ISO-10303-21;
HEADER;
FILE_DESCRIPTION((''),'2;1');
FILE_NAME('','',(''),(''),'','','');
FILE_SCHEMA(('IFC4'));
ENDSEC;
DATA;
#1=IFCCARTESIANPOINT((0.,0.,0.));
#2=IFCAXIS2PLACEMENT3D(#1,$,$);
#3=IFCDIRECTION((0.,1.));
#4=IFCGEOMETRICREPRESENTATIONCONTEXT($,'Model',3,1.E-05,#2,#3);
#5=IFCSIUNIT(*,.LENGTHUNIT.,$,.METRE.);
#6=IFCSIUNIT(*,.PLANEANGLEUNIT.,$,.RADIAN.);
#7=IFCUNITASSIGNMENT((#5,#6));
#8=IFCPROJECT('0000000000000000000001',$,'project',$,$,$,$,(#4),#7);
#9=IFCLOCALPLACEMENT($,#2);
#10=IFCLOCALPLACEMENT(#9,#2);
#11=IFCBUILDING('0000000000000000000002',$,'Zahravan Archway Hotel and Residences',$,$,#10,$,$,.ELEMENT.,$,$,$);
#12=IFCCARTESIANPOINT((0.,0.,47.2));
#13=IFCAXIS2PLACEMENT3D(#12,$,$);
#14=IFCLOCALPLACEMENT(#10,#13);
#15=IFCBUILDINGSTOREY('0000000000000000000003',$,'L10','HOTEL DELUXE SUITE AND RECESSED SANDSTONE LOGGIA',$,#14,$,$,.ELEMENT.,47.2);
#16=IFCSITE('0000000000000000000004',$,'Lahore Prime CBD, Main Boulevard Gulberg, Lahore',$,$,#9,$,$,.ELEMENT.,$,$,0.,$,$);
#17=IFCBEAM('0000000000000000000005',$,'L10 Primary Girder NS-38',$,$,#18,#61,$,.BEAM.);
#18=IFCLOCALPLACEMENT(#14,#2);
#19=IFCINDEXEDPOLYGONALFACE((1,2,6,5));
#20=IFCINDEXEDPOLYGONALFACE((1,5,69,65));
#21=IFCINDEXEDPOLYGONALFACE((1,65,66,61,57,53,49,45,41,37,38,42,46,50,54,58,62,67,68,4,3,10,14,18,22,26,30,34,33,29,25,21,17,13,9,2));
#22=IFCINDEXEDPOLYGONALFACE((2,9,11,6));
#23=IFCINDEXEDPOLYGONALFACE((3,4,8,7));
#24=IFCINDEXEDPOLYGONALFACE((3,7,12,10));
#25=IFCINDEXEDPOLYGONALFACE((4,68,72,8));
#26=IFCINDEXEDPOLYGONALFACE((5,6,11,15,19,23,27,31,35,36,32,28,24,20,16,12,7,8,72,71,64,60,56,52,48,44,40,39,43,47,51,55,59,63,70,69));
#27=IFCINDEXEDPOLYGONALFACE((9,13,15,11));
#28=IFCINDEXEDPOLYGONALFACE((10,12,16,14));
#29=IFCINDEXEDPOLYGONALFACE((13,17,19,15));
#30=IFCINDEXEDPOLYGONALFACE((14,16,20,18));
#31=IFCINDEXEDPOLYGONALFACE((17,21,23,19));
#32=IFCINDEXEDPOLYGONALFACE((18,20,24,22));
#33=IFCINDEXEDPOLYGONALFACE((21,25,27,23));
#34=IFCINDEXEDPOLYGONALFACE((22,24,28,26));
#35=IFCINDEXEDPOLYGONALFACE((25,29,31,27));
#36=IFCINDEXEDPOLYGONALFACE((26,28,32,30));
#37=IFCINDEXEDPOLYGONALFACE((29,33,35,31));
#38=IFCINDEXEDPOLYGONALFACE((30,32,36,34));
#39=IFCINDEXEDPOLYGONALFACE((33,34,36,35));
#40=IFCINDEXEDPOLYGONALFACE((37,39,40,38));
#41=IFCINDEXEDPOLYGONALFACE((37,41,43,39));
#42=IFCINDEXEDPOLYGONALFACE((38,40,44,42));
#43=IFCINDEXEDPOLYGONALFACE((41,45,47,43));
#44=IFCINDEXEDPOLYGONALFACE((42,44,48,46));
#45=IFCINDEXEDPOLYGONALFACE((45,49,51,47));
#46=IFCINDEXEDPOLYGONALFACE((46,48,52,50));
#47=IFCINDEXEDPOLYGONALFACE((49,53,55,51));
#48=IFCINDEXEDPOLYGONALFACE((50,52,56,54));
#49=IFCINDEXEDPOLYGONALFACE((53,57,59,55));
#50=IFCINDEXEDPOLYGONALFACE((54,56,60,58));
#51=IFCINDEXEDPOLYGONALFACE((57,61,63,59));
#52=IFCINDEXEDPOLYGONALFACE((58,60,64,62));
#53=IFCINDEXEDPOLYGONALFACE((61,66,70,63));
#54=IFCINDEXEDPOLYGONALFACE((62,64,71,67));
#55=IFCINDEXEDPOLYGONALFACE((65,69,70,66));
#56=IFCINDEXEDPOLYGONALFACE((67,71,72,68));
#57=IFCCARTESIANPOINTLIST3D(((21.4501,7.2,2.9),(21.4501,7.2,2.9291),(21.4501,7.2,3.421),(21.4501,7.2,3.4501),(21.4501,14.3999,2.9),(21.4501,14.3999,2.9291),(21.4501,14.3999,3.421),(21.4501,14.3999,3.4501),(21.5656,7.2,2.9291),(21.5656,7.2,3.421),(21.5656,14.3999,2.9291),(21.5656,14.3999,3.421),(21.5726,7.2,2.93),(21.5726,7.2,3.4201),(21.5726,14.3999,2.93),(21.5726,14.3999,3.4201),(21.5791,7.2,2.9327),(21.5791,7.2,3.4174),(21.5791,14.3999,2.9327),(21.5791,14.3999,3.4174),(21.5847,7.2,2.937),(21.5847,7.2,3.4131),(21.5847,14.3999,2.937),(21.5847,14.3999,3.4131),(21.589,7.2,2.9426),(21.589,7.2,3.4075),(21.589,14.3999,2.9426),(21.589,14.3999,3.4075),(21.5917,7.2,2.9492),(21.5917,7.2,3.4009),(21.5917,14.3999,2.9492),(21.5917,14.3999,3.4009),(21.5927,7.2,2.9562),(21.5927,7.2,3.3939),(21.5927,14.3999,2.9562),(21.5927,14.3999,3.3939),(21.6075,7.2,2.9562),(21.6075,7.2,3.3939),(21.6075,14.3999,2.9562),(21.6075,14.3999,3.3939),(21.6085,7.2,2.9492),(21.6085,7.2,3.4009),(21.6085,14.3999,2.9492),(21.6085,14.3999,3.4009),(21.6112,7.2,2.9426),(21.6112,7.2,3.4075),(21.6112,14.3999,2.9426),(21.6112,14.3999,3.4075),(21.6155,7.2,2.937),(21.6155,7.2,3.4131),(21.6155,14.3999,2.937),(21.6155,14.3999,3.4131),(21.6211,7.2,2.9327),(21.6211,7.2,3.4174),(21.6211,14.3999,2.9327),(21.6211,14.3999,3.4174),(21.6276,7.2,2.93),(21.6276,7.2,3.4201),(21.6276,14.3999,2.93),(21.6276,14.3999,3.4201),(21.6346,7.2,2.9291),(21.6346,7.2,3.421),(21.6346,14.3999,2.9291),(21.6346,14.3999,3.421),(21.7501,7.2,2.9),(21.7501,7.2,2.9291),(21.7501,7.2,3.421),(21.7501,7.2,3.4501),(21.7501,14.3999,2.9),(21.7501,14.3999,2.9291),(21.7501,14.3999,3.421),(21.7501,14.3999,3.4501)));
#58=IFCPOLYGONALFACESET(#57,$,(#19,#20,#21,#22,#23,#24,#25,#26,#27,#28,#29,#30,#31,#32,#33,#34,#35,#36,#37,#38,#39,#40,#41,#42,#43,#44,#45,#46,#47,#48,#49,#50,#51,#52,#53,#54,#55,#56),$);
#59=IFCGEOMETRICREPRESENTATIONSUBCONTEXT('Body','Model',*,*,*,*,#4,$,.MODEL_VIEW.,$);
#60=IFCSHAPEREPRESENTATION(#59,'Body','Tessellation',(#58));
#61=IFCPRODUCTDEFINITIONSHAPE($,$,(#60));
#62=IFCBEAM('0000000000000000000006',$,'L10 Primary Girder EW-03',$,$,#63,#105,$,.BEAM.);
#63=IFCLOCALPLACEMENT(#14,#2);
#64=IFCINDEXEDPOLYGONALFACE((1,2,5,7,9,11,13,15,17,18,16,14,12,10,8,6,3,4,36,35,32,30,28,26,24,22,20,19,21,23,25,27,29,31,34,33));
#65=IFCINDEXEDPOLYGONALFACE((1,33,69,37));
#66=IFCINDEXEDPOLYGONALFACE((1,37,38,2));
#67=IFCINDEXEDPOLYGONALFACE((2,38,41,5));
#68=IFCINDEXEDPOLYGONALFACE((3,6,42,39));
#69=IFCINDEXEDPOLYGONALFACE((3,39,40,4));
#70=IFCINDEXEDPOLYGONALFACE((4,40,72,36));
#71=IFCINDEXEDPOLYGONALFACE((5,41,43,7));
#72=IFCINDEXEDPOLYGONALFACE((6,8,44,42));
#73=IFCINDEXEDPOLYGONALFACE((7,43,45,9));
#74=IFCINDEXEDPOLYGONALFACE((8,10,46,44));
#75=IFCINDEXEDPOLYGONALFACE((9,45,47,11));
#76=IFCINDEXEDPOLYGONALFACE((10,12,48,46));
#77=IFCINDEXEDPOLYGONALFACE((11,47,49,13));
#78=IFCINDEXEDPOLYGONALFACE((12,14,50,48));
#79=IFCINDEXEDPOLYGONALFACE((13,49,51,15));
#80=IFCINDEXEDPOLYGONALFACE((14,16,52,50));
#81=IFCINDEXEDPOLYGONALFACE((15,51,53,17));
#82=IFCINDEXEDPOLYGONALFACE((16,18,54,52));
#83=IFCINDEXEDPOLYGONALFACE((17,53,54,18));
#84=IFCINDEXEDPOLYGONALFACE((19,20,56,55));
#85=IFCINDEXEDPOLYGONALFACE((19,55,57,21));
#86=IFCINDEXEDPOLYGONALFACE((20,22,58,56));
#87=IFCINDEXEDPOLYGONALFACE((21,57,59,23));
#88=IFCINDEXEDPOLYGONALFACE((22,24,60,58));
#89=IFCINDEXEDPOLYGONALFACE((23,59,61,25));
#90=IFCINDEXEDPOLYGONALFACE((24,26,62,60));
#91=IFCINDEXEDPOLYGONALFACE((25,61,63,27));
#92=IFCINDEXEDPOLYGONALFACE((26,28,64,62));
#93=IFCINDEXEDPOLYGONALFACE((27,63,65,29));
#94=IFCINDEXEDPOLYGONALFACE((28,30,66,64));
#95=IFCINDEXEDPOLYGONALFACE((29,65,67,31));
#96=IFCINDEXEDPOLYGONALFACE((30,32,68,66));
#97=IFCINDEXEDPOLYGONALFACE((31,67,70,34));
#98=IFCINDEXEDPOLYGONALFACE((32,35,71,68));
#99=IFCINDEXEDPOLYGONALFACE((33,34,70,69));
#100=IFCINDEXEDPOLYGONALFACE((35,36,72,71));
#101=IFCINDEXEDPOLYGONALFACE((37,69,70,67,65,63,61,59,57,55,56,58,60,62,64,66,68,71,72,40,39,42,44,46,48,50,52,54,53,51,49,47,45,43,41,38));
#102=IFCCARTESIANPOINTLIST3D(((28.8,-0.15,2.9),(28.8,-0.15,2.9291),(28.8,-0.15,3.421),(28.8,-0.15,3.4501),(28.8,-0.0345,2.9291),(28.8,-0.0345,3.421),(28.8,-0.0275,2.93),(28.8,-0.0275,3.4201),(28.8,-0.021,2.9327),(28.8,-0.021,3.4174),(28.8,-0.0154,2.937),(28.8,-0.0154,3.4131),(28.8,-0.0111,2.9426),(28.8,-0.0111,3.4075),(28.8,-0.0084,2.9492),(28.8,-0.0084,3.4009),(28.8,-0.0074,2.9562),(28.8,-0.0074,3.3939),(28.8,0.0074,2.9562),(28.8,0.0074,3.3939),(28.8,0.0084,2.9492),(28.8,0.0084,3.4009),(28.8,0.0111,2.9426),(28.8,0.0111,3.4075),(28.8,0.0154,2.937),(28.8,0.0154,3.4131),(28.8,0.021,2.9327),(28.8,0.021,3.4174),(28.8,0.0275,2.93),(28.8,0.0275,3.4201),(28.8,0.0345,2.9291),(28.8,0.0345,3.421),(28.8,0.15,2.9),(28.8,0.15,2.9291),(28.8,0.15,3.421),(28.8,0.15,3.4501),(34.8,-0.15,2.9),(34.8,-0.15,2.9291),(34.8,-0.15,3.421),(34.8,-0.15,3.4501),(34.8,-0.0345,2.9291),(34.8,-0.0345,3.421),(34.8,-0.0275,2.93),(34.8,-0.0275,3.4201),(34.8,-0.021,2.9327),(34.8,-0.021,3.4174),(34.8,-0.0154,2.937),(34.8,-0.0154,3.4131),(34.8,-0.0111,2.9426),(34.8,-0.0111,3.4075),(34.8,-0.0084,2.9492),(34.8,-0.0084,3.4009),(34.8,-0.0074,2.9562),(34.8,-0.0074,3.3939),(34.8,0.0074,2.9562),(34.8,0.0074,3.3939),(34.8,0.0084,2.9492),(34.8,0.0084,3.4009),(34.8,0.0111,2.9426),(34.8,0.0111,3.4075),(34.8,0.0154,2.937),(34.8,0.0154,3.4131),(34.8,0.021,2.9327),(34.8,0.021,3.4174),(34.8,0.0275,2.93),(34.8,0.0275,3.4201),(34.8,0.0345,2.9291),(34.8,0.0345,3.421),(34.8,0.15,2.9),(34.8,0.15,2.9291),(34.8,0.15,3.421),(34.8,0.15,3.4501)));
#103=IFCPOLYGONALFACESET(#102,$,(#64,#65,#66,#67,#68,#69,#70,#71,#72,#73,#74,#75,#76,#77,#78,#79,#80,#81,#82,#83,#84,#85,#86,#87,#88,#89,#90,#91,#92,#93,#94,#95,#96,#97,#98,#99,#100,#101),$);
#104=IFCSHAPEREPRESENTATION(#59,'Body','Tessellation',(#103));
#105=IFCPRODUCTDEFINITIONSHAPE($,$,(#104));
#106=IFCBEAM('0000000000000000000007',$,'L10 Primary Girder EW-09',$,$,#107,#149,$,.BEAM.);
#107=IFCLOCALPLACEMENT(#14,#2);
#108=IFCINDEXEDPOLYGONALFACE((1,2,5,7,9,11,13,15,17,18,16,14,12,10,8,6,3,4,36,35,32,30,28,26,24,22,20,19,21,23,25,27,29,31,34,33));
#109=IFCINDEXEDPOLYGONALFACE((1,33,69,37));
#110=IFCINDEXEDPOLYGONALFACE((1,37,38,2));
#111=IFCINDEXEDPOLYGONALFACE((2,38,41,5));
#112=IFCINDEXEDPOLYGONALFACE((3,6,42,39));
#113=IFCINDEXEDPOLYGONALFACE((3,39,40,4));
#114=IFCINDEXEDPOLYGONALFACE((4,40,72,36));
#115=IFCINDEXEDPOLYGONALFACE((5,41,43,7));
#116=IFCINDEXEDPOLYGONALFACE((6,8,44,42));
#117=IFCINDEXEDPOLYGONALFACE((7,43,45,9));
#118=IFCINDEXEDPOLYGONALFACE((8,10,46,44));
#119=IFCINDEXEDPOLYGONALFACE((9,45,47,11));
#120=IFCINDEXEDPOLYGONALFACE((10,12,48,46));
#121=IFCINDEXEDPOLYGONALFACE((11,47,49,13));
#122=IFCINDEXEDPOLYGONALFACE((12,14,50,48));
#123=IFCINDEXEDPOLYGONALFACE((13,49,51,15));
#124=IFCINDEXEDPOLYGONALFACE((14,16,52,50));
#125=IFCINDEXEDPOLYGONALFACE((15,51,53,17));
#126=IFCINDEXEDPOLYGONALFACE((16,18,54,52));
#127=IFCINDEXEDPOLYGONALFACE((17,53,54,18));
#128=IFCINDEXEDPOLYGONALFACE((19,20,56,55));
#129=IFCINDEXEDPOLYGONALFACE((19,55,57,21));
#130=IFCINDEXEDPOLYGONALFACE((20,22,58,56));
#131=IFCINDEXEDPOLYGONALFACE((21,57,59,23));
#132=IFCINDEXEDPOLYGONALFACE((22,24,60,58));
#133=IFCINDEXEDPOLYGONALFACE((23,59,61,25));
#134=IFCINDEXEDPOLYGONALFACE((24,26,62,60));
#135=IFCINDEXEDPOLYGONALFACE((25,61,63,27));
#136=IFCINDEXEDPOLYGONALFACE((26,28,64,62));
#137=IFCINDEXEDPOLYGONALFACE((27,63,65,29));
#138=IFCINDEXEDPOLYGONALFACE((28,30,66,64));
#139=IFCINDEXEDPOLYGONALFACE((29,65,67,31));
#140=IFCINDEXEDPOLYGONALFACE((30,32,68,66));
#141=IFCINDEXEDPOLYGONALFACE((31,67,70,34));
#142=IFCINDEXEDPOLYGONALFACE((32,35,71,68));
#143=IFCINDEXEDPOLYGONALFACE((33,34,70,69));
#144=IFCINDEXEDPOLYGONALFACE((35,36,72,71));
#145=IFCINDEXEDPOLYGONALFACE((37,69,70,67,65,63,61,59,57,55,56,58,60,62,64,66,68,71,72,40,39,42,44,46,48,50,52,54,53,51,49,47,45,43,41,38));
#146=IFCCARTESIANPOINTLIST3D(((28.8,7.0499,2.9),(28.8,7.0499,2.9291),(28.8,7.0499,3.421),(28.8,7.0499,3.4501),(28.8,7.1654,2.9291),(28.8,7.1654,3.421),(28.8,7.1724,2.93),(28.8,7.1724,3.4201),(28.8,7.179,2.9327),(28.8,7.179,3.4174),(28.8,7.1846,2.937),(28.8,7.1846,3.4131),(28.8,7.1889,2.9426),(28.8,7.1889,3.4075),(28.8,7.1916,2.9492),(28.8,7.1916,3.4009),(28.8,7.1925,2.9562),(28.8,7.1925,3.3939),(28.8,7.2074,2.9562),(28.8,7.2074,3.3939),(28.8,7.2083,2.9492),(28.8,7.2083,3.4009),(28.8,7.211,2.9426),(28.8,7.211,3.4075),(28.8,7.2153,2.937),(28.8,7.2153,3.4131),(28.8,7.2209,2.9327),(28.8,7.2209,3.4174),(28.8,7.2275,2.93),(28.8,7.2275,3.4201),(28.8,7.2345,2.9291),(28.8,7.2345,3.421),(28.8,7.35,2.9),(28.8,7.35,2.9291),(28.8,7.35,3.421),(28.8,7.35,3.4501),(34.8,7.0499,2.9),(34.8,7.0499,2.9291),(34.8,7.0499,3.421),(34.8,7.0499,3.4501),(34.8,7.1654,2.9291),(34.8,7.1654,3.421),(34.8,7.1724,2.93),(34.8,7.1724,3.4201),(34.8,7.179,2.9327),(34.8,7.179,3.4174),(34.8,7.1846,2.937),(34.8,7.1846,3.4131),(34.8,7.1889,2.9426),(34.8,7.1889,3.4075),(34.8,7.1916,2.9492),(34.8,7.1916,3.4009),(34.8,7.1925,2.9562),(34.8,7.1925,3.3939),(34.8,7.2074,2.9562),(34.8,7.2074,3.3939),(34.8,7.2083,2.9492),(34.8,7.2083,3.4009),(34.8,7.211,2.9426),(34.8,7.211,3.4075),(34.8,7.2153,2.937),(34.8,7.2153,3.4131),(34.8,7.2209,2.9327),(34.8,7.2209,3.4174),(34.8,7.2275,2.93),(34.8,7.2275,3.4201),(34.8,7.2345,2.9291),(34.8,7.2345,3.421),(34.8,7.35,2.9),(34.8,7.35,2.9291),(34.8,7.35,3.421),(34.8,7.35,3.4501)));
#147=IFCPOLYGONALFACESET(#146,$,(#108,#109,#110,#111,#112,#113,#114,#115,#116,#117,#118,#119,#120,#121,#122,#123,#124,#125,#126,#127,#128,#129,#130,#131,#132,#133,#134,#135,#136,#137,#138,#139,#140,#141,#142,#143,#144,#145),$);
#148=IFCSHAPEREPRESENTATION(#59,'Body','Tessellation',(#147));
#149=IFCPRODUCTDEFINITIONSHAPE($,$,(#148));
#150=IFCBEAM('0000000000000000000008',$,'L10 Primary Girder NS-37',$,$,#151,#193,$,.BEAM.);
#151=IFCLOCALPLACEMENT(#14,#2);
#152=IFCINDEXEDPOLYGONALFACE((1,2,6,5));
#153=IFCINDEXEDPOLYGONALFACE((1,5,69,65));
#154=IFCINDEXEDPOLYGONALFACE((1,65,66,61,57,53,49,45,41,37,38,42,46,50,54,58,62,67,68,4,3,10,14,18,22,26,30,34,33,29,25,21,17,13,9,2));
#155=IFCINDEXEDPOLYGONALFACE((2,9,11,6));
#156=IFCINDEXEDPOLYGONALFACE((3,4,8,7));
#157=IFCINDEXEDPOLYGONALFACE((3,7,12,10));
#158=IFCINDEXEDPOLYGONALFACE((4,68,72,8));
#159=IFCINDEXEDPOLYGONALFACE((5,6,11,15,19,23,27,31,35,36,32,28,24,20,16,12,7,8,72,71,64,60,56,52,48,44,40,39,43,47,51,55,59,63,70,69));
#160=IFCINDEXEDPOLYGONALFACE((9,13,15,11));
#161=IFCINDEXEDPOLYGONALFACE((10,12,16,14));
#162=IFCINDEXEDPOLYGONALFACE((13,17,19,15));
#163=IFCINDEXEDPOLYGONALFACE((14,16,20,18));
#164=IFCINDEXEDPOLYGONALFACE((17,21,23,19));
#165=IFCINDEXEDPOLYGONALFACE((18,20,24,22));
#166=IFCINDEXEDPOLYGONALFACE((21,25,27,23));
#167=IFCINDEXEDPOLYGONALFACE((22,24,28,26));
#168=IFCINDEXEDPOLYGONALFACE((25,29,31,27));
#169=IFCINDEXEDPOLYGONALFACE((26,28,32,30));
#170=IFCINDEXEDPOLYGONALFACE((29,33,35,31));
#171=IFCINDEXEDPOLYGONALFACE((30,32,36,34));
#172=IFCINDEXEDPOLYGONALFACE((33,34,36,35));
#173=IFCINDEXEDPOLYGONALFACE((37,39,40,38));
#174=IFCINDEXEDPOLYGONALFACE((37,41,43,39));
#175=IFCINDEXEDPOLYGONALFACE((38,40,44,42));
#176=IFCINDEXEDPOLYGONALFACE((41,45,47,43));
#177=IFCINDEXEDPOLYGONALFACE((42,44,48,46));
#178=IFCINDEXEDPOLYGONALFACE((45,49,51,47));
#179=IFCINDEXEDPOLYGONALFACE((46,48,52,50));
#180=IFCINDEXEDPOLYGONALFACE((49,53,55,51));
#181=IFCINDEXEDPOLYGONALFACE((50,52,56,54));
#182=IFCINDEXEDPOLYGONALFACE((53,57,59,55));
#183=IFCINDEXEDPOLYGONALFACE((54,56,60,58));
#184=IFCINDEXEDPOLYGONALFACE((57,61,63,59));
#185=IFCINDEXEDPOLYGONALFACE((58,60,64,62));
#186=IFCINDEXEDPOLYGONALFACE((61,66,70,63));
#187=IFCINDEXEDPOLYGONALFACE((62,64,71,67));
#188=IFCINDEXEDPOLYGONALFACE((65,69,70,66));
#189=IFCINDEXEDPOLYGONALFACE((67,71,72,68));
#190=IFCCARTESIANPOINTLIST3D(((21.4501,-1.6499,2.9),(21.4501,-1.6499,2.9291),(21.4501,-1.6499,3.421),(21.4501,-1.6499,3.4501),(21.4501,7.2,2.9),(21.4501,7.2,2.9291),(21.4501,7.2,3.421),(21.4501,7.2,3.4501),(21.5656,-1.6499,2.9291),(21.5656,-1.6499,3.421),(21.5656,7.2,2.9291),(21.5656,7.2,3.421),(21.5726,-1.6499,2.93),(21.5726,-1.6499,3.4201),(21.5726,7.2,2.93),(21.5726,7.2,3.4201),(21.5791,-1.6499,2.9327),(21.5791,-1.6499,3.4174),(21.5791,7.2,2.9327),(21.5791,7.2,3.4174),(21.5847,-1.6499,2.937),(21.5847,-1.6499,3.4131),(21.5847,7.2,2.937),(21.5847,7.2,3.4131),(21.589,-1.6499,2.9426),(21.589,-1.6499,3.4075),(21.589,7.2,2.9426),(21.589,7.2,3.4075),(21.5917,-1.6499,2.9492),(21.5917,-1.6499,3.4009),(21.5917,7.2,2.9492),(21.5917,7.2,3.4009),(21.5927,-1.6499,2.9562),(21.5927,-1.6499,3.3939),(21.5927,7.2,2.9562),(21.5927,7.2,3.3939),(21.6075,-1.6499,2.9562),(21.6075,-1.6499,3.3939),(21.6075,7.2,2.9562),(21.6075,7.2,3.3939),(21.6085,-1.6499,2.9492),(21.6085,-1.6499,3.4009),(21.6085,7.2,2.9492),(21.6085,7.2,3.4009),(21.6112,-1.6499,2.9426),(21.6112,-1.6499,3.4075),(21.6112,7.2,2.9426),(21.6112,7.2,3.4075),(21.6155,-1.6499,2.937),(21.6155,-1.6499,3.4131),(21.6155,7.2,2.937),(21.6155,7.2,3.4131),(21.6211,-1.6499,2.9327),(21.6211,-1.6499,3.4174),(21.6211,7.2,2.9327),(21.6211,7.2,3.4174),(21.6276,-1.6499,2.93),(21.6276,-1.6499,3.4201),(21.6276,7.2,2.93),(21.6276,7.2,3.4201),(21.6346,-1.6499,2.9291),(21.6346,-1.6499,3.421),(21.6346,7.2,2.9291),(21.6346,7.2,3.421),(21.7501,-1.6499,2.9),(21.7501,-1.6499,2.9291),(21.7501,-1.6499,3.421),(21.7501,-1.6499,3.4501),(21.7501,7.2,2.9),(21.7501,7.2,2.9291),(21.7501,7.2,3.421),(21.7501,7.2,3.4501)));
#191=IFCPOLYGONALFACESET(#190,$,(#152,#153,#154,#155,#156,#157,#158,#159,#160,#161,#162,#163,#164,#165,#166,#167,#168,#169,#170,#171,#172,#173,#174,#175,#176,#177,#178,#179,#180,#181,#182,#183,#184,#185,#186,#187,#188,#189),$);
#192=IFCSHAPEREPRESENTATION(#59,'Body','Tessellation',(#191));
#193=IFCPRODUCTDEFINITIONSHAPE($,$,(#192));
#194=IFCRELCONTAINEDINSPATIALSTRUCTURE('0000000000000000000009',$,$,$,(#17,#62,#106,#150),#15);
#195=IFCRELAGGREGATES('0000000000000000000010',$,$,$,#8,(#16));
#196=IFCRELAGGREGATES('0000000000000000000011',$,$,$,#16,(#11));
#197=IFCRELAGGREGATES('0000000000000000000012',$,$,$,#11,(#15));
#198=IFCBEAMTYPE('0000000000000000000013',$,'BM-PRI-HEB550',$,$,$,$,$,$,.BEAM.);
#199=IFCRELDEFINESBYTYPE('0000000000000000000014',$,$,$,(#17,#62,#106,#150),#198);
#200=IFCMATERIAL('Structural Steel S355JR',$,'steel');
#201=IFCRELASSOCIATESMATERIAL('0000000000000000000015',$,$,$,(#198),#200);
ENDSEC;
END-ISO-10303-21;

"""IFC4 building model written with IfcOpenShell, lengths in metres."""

from ifc_helpers import new_model, si_unit, direction, frame, origin, origin_2d, place, context, subcontext, project, spatial, i_section, extrude, source, transform, mapped, material, material_profile, profile_set, type_object, element, save


model = new_model("IFC4")

# Units and contexts
model_context = context("Model", 3, precision=1e-05, world=origin(), true_north=direction((0.0, 1.0)))
body_context = subcontext(model_context, "Body", "Model", "MODEL_VIEW")
ifc_project = project(units=[si_unit("LENGTHUNIT", "METRE"), si_unit("PLANEANGLEUNIT", "RADIAN")], contexts=[model_context])

# Site, building, storey
site_placement = place(None, origin())
site = spatial("IfcSite", under=ifc_project, at=site_placement, Name="Lahore Prime CBD, Main Boulevard Gulberg, Lahore", CompositionType="ELEMENT", RefElevation=0.0)
building_placement = place(site_placement, origin())
building = spatial("IfcBuilding", under=site, at=building_placement, Name="Zahravan Archway Hotel and Residences", CompositionType="ELEMENT")
storey_placement = place(building_placement, frame((0.0, 0.0, 47.2)))
storey = spatial("IfcBuildingStorey", under=building, at=storey_placement, Name="L10", Description="HOTEL DELUXE SUITE AND RECESSED SANDSTONE LOGGIA", CompositionType="ELEMENT", Elevation=47.2)

# Beams
ifc_material_1 = material(Name="Structural Steel S355JR", Category="steel")
ifc_material_profile_1 = material_profile(ifc_material_1, i_section(OverallWidth=0.3, OverallDepth=0.55, WebThickness=0.0149, FlangeThickness=0.0291, FilletRadius=0.0271, at=origin_2d()), Name="HEB 550", Category="steel")
ifc_profile_set_1 = profile_set([ifc_material_profile_1], Name="Structural Steel S355JR")
beam_type_1 = type_object("IfcBeamType", Name="BM-PRI-HEB550", PredefinedType="BEAM", material=ifc_profile_set_1)
shared_shape_1 = source(origin(), body_context, "Body", "SweptSolid", [
    extrude(i_section(OverallWidth=0.3, OverallDepth=0.55, WebThickness=0.0149, FlangeThickness=0.0291, FilletRadius=0.0271, at=origin_2d()), origin(), (0.0, 0.0, 1.0), 7.2),
])
for number, where, z_axis, x_axis, name in (
    (1, (21.6001, 7.2, 3.175), (0.0, 1.0, 0.0), (-1.0, 0.0, 0.0), "L10 Primary Girder NS-38"),
):
    element("IfcBeam", number, at=place(storey_placement, frame(where, z_axis=z_axis, x_axis=x_axis)), inside=storey, type_object=beam_type_1, Name=name, PredefinedType="BEAM", context=body_context, shape_type="MappedRepresentation", body=[
        mapped(shared_shape_1, transform((0.0, 0.0, 0.0), scale=1.0)),
    ])
shared_shape_2 = source(origin(), body_context, "Body", "SweptSolid", [
    extrude(i_section(OverallWidth=0.3, OverallDepth=0.55, WebThickness=0.0149, FlangeThickness=0.0291, FilletRadius=0.0271, at=origin_2d()), origin(), (0.0, 0.0, 1.0), 6.0),
])
for number, where, z_axis, x_axis, name in (
    (2, (28.8, 0.0, 3.175), (1.0, 0.0, 0.0), (0.0, 1.0, 0.0), "L10 Primary Girder EW-03"),
    (3, (28.8, 7.2, 3.175), (1.0, 0.0, 0.0), (0.0, 1.0, 0.0), "L10 Primary Girder EW-09"),
):
    element("IfcBeam", number, at=place(storey_placement, frame(where, z_axis=z_axis, x_axis=x_axis)), inside=storey, type_object=beam_type_1, Name=name, PredefinedType="BEAM", context=body_context, shape_type="MappedRepresentation", body=[
        mapped(shared_shape_2, transform((0.0, 0.0, 0.0), scale=1.0)),
    ])
shared_shape_3 = source(origin(), body_context, "Body", "SweptSolid", [
    extrude(i_section(OverallWidth=0.3, OverallDepth=0.55, WebThickness=0.0149, FlangeThickness=0.0291, FilletRadius=0.0271, at=origin_2d()), origin(), (0.0, 0.0, 1.0), 8.8499),
])
for number, where, z_axis, x_axis, name in (
    (4, (21.6001, -1.6499, 3.175), (0.0, 1.0, 0.0), (-1.0, 0.0, 0.0), "L10 Primary Girder NS-37"),
):
    element("IfcBeam", number, at=place(storey_placement, frame(where, z_axis=z_axis, x_axis=x_axis)), inside=storey, type_object=beam_type_1, Name=name, PredefinedType="BEAM", context=body_context, shape_type="MappedRepresentation", body=[
        mapped(shared_shape_3, transform((0.0, 0.0, 0.0), scale=1.0)),
    ])

save(model, "model.ifc")
